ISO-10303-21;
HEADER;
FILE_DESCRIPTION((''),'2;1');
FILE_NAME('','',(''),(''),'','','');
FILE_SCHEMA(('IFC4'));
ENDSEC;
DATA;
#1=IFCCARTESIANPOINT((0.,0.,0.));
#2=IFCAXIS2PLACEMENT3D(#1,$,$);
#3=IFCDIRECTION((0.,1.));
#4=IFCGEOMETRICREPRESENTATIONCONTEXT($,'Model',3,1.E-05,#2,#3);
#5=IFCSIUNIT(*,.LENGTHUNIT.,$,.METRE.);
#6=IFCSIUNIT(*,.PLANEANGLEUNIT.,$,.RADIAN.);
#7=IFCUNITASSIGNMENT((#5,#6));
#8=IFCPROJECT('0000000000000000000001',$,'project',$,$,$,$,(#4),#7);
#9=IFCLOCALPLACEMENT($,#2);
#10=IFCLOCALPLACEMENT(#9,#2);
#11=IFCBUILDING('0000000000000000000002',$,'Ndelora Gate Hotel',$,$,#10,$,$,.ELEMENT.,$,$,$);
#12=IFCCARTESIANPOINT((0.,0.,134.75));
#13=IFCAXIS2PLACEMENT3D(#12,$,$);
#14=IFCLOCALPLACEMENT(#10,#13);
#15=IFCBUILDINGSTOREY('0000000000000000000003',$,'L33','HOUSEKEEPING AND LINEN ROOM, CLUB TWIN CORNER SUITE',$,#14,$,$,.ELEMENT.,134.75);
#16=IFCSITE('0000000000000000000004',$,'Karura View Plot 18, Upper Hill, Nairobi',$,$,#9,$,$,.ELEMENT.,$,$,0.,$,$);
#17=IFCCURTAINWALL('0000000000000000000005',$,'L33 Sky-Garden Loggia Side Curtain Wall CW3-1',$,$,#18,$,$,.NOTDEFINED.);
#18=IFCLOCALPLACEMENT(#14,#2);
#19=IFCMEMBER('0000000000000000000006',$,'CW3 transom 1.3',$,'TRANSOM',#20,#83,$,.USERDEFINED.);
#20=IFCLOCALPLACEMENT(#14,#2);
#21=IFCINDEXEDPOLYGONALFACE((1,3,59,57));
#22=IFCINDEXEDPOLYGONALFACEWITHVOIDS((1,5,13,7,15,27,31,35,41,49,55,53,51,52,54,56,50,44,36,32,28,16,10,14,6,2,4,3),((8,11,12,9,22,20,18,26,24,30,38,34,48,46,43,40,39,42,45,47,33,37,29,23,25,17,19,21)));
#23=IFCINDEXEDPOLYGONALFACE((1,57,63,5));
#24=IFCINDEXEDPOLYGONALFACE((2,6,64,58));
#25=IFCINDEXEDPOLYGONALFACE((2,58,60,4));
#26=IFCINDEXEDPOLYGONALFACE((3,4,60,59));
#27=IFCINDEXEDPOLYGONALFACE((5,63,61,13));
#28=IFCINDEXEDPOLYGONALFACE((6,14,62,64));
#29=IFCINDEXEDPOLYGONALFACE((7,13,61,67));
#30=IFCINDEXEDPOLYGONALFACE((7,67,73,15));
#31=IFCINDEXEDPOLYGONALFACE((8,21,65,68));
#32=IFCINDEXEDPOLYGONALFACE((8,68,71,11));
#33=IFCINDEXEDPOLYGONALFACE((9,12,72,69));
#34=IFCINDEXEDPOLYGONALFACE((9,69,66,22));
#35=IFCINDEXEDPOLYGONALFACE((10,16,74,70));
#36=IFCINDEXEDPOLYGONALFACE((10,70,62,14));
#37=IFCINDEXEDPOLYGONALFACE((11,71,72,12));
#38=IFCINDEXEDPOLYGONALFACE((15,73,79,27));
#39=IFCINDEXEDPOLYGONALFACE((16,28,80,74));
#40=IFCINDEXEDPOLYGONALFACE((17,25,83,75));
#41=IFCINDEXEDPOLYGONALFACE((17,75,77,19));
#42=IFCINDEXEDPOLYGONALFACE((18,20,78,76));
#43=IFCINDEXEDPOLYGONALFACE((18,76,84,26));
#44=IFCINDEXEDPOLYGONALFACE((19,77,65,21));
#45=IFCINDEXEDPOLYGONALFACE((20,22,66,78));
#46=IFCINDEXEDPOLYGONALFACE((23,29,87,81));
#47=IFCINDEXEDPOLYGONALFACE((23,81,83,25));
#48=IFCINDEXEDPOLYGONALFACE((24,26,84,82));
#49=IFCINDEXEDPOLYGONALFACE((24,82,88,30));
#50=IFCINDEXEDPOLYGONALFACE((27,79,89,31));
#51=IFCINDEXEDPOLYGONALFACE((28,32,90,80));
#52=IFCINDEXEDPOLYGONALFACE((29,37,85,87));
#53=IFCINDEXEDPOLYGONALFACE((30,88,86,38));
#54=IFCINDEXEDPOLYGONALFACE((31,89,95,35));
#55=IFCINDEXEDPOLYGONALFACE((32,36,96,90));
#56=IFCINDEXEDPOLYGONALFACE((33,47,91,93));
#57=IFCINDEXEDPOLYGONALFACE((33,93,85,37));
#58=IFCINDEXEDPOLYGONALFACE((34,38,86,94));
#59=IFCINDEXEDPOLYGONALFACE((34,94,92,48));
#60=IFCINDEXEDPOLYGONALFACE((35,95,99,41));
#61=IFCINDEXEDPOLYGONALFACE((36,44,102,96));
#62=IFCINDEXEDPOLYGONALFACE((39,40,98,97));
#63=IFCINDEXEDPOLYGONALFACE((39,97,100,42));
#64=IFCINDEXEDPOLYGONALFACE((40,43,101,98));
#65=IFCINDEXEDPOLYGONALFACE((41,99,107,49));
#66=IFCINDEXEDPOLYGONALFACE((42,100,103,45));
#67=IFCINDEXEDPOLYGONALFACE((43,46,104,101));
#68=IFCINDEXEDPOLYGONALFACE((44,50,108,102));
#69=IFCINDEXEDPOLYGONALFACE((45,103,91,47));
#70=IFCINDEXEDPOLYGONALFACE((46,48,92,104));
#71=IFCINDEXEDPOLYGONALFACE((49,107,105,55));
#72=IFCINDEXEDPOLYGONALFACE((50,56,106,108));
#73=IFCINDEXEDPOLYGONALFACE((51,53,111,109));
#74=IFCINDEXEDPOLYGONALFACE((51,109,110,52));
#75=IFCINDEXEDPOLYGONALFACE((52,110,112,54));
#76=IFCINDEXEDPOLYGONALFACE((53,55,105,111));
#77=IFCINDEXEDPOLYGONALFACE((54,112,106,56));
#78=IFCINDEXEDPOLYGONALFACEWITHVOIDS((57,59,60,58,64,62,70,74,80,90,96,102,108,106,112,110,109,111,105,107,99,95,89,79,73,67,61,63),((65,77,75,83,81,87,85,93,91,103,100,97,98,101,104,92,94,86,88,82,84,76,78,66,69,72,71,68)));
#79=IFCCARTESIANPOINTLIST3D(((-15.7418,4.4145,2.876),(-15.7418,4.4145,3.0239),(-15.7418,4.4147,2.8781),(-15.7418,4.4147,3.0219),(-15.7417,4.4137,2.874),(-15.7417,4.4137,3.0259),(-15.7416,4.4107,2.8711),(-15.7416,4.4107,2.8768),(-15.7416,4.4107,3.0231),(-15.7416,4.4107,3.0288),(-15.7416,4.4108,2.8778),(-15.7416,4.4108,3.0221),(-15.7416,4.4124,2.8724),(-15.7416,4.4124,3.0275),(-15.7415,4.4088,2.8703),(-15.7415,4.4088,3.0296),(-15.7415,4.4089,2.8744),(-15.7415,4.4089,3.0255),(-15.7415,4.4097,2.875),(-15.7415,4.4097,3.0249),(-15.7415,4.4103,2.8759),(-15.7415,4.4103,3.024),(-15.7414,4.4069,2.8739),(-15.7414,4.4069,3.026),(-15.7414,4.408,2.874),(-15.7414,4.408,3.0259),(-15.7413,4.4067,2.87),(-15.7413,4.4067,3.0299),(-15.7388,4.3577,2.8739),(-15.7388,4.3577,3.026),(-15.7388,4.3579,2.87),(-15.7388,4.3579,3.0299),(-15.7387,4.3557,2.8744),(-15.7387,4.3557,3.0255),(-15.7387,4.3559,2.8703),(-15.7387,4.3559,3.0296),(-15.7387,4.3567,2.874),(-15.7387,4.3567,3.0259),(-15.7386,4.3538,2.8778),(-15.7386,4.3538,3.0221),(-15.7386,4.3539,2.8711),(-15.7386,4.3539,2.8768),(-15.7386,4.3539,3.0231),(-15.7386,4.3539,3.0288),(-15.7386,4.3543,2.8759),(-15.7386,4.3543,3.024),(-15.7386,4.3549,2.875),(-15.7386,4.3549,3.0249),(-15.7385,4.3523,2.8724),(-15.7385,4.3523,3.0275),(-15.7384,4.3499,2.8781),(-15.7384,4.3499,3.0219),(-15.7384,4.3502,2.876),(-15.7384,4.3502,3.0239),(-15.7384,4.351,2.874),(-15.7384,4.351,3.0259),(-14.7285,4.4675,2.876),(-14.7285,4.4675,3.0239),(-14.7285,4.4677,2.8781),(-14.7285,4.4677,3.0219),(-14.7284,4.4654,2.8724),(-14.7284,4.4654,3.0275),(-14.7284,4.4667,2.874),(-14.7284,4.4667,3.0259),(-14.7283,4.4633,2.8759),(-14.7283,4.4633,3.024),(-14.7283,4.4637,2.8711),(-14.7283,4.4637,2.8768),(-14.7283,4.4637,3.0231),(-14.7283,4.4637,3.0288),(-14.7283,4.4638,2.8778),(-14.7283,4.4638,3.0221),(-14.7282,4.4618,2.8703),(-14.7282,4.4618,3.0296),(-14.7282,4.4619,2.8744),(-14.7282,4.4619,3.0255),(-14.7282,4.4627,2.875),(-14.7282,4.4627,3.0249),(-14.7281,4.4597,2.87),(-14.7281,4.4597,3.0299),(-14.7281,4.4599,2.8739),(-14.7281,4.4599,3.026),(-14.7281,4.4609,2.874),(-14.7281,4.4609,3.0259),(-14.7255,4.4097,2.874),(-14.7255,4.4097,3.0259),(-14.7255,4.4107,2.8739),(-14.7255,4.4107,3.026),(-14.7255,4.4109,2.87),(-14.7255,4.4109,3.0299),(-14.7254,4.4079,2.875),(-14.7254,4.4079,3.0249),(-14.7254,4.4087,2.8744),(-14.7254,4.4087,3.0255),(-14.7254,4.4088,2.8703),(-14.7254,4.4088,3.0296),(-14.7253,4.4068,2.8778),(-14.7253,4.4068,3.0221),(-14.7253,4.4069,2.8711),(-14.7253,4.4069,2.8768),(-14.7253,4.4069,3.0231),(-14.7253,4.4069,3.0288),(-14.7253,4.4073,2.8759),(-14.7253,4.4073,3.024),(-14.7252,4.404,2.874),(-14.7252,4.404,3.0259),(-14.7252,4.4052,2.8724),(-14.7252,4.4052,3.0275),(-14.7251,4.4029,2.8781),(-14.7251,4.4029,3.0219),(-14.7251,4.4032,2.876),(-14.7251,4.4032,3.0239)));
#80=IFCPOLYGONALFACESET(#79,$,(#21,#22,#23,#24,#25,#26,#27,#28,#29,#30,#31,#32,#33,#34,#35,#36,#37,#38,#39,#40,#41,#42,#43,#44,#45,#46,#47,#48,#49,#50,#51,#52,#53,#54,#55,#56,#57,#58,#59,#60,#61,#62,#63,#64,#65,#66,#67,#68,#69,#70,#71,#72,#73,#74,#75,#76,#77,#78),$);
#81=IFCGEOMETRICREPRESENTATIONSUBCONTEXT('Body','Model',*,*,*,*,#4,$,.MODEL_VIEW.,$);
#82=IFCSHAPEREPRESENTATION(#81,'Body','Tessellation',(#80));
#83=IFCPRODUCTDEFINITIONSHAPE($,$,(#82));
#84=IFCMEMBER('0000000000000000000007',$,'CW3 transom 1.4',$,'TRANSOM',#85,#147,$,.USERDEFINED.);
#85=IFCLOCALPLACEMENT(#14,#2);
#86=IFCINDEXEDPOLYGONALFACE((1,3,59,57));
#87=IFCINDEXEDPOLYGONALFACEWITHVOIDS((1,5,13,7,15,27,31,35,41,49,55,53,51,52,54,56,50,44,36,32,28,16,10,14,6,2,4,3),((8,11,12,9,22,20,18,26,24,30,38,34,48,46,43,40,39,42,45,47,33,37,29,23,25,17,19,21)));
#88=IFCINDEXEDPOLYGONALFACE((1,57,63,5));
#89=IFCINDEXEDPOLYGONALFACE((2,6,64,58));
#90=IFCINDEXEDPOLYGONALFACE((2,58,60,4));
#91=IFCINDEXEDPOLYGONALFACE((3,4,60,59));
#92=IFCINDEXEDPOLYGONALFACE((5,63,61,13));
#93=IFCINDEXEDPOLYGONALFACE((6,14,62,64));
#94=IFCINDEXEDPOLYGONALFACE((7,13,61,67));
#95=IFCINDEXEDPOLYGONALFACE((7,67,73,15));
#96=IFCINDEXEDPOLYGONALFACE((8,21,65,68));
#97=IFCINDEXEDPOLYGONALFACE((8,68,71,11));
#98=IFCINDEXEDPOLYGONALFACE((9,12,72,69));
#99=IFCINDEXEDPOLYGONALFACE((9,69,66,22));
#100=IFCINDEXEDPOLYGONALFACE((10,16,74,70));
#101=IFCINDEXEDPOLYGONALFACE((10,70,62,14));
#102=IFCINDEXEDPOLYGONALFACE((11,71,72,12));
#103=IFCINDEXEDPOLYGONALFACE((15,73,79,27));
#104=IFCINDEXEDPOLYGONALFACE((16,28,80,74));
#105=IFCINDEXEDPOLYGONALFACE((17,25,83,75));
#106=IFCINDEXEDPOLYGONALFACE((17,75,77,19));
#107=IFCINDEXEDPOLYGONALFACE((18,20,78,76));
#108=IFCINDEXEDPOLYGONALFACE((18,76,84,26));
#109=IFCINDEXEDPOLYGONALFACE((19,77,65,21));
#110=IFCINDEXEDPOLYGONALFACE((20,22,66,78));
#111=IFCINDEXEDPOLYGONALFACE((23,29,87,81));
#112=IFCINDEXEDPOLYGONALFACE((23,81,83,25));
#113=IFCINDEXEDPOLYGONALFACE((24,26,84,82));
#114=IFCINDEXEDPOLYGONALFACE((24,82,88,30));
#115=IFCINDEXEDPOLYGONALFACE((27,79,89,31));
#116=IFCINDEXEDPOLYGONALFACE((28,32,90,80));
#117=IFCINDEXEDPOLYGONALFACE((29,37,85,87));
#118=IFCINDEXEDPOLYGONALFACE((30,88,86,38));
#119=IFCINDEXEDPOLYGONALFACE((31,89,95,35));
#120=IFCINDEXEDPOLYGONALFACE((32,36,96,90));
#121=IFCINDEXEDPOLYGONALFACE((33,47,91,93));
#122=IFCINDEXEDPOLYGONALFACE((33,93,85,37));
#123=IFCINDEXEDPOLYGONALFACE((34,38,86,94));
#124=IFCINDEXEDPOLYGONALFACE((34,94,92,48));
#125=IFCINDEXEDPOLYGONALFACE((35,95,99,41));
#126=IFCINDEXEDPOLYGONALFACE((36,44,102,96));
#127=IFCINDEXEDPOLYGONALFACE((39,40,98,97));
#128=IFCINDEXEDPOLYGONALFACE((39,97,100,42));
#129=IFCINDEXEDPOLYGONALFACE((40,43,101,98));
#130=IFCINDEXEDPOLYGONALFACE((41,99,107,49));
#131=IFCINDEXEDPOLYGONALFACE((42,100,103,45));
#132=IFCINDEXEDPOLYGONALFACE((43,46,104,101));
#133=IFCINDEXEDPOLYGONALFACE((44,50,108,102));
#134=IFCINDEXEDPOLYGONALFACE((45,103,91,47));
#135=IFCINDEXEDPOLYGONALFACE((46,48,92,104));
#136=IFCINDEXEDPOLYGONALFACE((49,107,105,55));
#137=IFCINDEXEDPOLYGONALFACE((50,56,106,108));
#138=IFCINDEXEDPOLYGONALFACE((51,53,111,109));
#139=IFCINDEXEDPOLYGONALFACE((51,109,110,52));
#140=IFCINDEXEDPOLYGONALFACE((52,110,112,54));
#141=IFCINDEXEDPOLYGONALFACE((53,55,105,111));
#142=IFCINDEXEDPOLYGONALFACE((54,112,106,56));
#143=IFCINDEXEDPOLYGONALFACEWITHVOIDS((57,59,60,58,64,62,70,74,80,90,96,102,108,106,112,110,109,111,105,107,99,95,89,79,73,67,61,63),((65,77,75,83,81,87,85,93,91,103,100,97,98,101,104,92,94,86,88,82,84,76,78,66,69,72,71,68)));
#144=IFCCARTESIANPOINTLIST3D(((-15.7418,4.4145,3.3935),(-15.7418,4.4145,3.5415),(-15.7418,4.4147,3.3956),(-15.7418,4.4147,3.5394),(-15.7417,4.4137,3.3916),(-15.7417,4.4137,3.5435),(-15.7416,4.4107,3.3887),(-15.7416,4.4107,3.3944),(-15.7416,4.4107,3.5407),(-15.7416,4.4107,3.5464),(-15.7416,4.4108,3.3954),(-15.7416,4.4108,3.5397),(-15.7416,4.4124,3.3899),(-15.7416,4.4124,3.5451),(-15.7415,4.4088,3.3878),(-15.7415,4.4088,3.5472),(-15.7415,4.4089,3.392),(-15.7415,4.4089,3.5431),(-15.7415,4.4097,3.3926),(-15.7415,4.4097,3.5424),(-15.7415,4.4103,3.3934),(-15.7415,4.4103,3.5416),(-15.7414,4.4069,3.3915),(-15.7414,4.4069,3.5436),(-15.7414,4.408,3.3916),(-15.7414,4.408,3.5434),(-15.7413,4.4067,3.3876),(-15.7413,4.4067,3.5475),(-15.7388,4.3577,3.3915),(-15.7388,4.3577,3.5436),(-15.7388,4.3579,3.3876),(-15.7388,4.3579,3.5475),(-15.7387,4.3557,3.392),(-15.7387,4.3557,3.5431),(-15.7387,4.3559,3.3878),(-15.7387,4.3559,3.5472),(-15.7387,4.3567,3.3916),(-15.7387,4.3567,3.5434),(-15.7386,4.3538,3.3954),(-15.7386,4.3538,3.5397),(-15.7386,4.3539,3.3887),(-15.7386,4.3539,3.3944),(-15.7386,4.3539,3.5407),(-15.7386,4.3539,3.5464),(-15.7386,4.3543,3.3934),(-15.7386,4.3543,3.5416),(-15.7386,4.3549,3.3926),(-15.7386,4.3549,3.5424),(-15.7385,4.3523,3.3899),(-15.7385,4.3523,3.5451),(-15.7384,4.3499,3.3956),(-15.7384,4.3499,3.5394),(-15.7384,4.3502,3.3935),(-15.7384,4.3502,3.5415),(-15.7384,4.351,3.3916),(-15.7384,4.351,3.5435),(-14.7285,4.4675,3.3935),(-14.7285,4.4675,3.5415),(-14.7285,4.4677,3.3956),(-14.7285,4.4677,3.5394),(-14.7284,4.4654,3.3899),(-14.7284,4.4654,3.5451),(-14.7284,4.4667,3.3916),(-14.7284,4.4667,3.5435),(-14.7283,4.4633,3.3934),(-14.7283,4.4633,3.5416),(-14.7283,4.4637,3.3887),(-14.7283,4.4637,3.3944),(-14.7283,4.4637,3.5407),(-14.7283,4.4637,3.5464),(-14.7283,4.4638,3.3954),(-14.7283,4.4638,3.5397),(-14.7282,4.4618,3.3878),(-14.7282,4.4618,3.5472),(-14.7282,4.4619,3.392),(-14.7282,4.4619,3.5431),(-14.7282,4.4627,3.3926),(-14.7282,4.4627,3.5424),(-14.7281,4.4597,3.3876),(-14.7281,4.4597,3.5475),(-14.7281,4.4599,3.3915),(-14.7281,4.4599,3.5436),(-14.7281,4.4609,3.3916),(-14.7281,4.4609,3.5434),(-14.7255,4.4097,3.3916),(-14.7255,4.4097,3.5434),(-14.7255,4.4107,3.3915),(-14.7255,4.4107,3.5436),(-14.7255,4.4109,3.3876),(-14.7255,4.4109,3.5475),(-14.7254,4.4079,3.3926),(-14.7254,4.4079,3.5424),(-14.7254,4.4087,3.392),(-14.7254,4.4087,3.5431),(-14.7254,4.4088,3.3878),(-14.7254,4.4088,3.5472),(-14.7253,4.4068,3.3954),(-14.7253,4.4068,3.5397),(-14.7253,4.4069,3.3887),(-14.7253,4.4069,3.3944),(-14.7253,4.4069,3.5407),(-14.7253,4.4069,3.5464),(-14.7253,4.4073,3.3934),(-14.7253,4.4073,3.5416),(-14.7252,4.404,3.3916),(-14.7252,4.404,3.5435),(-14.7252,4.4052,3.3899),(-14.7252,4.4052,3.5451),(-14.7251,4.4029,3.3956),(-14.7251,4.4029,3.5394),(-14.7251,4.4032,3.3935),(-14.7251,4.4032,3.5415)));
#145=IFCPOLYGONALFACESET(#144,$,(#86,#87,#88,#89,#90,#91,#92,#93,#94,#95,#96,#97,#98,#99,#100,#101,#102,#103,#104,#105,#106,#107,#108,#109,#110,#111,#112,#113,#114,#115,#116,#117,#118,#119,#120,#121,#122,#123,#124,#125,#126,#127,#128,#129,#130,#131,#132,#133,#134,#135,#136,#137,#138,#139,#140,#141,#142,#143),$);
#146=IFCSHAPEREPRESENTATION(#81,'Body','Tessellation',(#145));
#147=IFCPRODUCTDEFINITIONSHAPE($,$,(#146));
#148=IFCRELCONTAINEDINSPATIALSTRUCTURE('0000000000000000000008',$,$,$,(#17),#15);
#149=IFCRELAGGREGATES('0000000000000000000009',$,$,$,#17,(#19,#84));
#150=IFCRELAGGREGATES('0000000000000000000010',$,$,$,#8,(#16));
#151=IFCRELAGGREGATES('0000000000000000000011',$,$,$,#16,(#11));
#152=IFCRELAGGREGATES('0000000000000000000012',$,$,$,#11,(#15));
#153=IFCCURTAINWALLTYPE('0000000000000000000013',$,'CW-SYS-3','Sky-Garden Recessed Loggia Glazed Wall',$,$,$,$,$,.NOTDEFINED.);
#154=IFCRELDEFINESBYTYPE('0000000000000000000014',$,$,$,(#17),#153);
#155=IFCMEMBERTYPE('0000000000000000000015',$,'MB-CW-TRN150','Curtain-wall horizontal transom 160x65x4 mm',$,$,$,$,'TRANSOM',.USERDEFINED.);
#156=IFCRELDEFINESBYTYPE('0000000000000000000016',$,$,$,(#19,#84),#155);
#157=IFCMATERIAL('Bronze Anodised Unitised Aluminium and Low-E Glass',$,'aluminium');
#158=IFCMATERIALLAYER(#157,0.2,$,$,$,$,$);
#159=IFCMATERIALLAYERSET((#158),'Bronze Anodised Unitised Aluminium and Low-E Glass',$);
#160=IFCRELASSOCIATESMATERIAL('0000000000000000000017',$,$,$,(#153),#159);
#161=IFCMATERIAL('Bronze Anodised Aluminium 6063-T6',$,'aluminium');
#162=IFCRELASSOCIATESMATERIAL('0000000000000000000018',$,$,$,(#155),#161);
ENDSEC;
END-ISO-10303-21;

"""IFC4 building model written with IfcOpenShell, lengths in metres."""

from ifc_helpers import new_model, si_unit, direction, frame, origin, origin_2d, place, context, subcontext, project, spatial, hollow_rectangle, extrude, material, layer, layer_set, material_profile, profile_set, type_object, element, aggregate, save


model = new_model("IFC4")

# Units and contexts
model_context = context("Model", 3, precision=1e-05, world=origin(), true_north=direction((0.0, 1.0)))
body_context = subcontext(model_context, "Body", "Model", "MODEL_VIEW")
ifc_project = project(units=[si_unit("LENGTHUNIT", "METRE"), si_unit("PLANEANGLEUNIT", "RADIAN")], contexts=[model_context])

# Site, building, storey
site_placement = place(None, origin())
site = spatial("IfcSite", under=ifc_project, at=site_placement, Name="Karura View Plot 18, Upper Hill, Nairobi", CompositionType="ELEMENT", RefElevation=0.0)
building_placement = place(site_placement, origin())
building = spatial("IfcBuilding", under=site, at=building_placement, Name="Ndelora Gate Hotel", CompositionType="ELEMENT")
storey_placement = place(building_placement, frame((0.0, 0.0, 134.75)))
storey = spatial("IfcBuildingStorey", under=building, at=storey_placement, Name="L33", Description="HOUSEKEEPING AND LINEN ROOM, CLUB TWIN CORNER SUITE", CompositionType="ELEMENT", Elevation=134.75)

# Curtain wall, members
ifc_material_1 = material(Name="Bronze Anodised Unitised Aluminium and Low-E Glass", Category="aluminium")
ifc_layer_1 = layer(ifc_material_1, 0.2)
ifc_layer_set_1 = layer_set([ifc_layer_1], Name="Bronze Anodised Unitised Aluminium and Low-E Glass")
curtain_wall_type = type_object("IfcCurtainWallType", Name="CW-SYS-3", Description="Sky-Garden Recessed Loggia Glazed Wall", PredefinedType="NOTDEFINED", material=ifc_layer_set_1)
curtain_wall_placement = place(storey_placement, origin())
curtain_wall = element("IfcCurtainWall", 1, at=curtain_wall_placement, inside=storey, type_object=curtain_wall_type, Name="L33 Sky-Garden Loggia Side Curtain Wall CW3-1", PredefinedType="NOTDEFINED")
ifc_material_2 = material(Name="Bronze Anodised Aluminium 6063-T6", Category="aluminium")
ifc_material_profile_1 = material_profile(ifc_material_2, hollow_rectangle(XDim=0.0649, YDim=0.1599, WallThickness=0.0039, InnerFilletRadius=0.0039, OuterFilletRadius=0.0081, at=origin_2d()), Name="ALU 160x65x4")
ifc_profile_set_1 = profile_set([ifc_material_profile_1], Name="Bronze Anodised Aluminium 6063-T6")
member_type_1 = type_object("IfcMemberType", Name="MB-CW-TRN150", Description="Curtain-wall horizontal transom 160x65x4 mm", ElementType="TRANSOM", PredefinedType="USERDEFINED", material=ifc_profile_set_1)
member_1_placement = place(storey_placement, frame((-14.7268, 4.4353, 2.95), z_axis=(-0.998636, -0.052218, 0.0), x_axis=(0.052218, -0.998636, 0.0)))
member_1 = element("IfcMember", 2, at=member_1_placement, type_object=member_type_1, Name="CW3 transom 1.3", ObjectType="TRANSOM", PredefinedType="USERDEFINED", context=body_context, shape_type="SweptSolid", body=[
    extrude(hollow_rectangle(XDim=0.0649, YDim=0.1599, WallThickness=0.0039, InnerFilletRadius=0.0039, OuterFilletRadius=0.0081, at=origin_2d()), origin(), (0.0, 0.0, 1.0), 1.0146),
])
member_2_placement = place(storey_placement, frame((-14.7268, 4.4353, 3.4675), z_axis=(-0.998636, -0.052218, 0.0), x_axis=(0.052218, -0.998636, 0.0)))
member_2 = element("IfcMember", 3, at=member_2_placement, type_object=member_type_1, Name="CW3 transom 1.4", ObjectType="TRANSOM", PredefinedType="USERDEFINED", context=body_context, shape_type="SweptSolid", body=[
    extrude(hollow_rectangle(XDim=0.0649, YDim=0.1599, WallThickness=0.0039, InnerFilletRadius=0.0039, OuterFilletRadius=0.0081, at=origin_2d()), origin(), (0.0, 0.0, 1.0), 1.0146),
])
aggregate(curtain_wall, [member_1, member_2])

save(model, "model.ifc")
